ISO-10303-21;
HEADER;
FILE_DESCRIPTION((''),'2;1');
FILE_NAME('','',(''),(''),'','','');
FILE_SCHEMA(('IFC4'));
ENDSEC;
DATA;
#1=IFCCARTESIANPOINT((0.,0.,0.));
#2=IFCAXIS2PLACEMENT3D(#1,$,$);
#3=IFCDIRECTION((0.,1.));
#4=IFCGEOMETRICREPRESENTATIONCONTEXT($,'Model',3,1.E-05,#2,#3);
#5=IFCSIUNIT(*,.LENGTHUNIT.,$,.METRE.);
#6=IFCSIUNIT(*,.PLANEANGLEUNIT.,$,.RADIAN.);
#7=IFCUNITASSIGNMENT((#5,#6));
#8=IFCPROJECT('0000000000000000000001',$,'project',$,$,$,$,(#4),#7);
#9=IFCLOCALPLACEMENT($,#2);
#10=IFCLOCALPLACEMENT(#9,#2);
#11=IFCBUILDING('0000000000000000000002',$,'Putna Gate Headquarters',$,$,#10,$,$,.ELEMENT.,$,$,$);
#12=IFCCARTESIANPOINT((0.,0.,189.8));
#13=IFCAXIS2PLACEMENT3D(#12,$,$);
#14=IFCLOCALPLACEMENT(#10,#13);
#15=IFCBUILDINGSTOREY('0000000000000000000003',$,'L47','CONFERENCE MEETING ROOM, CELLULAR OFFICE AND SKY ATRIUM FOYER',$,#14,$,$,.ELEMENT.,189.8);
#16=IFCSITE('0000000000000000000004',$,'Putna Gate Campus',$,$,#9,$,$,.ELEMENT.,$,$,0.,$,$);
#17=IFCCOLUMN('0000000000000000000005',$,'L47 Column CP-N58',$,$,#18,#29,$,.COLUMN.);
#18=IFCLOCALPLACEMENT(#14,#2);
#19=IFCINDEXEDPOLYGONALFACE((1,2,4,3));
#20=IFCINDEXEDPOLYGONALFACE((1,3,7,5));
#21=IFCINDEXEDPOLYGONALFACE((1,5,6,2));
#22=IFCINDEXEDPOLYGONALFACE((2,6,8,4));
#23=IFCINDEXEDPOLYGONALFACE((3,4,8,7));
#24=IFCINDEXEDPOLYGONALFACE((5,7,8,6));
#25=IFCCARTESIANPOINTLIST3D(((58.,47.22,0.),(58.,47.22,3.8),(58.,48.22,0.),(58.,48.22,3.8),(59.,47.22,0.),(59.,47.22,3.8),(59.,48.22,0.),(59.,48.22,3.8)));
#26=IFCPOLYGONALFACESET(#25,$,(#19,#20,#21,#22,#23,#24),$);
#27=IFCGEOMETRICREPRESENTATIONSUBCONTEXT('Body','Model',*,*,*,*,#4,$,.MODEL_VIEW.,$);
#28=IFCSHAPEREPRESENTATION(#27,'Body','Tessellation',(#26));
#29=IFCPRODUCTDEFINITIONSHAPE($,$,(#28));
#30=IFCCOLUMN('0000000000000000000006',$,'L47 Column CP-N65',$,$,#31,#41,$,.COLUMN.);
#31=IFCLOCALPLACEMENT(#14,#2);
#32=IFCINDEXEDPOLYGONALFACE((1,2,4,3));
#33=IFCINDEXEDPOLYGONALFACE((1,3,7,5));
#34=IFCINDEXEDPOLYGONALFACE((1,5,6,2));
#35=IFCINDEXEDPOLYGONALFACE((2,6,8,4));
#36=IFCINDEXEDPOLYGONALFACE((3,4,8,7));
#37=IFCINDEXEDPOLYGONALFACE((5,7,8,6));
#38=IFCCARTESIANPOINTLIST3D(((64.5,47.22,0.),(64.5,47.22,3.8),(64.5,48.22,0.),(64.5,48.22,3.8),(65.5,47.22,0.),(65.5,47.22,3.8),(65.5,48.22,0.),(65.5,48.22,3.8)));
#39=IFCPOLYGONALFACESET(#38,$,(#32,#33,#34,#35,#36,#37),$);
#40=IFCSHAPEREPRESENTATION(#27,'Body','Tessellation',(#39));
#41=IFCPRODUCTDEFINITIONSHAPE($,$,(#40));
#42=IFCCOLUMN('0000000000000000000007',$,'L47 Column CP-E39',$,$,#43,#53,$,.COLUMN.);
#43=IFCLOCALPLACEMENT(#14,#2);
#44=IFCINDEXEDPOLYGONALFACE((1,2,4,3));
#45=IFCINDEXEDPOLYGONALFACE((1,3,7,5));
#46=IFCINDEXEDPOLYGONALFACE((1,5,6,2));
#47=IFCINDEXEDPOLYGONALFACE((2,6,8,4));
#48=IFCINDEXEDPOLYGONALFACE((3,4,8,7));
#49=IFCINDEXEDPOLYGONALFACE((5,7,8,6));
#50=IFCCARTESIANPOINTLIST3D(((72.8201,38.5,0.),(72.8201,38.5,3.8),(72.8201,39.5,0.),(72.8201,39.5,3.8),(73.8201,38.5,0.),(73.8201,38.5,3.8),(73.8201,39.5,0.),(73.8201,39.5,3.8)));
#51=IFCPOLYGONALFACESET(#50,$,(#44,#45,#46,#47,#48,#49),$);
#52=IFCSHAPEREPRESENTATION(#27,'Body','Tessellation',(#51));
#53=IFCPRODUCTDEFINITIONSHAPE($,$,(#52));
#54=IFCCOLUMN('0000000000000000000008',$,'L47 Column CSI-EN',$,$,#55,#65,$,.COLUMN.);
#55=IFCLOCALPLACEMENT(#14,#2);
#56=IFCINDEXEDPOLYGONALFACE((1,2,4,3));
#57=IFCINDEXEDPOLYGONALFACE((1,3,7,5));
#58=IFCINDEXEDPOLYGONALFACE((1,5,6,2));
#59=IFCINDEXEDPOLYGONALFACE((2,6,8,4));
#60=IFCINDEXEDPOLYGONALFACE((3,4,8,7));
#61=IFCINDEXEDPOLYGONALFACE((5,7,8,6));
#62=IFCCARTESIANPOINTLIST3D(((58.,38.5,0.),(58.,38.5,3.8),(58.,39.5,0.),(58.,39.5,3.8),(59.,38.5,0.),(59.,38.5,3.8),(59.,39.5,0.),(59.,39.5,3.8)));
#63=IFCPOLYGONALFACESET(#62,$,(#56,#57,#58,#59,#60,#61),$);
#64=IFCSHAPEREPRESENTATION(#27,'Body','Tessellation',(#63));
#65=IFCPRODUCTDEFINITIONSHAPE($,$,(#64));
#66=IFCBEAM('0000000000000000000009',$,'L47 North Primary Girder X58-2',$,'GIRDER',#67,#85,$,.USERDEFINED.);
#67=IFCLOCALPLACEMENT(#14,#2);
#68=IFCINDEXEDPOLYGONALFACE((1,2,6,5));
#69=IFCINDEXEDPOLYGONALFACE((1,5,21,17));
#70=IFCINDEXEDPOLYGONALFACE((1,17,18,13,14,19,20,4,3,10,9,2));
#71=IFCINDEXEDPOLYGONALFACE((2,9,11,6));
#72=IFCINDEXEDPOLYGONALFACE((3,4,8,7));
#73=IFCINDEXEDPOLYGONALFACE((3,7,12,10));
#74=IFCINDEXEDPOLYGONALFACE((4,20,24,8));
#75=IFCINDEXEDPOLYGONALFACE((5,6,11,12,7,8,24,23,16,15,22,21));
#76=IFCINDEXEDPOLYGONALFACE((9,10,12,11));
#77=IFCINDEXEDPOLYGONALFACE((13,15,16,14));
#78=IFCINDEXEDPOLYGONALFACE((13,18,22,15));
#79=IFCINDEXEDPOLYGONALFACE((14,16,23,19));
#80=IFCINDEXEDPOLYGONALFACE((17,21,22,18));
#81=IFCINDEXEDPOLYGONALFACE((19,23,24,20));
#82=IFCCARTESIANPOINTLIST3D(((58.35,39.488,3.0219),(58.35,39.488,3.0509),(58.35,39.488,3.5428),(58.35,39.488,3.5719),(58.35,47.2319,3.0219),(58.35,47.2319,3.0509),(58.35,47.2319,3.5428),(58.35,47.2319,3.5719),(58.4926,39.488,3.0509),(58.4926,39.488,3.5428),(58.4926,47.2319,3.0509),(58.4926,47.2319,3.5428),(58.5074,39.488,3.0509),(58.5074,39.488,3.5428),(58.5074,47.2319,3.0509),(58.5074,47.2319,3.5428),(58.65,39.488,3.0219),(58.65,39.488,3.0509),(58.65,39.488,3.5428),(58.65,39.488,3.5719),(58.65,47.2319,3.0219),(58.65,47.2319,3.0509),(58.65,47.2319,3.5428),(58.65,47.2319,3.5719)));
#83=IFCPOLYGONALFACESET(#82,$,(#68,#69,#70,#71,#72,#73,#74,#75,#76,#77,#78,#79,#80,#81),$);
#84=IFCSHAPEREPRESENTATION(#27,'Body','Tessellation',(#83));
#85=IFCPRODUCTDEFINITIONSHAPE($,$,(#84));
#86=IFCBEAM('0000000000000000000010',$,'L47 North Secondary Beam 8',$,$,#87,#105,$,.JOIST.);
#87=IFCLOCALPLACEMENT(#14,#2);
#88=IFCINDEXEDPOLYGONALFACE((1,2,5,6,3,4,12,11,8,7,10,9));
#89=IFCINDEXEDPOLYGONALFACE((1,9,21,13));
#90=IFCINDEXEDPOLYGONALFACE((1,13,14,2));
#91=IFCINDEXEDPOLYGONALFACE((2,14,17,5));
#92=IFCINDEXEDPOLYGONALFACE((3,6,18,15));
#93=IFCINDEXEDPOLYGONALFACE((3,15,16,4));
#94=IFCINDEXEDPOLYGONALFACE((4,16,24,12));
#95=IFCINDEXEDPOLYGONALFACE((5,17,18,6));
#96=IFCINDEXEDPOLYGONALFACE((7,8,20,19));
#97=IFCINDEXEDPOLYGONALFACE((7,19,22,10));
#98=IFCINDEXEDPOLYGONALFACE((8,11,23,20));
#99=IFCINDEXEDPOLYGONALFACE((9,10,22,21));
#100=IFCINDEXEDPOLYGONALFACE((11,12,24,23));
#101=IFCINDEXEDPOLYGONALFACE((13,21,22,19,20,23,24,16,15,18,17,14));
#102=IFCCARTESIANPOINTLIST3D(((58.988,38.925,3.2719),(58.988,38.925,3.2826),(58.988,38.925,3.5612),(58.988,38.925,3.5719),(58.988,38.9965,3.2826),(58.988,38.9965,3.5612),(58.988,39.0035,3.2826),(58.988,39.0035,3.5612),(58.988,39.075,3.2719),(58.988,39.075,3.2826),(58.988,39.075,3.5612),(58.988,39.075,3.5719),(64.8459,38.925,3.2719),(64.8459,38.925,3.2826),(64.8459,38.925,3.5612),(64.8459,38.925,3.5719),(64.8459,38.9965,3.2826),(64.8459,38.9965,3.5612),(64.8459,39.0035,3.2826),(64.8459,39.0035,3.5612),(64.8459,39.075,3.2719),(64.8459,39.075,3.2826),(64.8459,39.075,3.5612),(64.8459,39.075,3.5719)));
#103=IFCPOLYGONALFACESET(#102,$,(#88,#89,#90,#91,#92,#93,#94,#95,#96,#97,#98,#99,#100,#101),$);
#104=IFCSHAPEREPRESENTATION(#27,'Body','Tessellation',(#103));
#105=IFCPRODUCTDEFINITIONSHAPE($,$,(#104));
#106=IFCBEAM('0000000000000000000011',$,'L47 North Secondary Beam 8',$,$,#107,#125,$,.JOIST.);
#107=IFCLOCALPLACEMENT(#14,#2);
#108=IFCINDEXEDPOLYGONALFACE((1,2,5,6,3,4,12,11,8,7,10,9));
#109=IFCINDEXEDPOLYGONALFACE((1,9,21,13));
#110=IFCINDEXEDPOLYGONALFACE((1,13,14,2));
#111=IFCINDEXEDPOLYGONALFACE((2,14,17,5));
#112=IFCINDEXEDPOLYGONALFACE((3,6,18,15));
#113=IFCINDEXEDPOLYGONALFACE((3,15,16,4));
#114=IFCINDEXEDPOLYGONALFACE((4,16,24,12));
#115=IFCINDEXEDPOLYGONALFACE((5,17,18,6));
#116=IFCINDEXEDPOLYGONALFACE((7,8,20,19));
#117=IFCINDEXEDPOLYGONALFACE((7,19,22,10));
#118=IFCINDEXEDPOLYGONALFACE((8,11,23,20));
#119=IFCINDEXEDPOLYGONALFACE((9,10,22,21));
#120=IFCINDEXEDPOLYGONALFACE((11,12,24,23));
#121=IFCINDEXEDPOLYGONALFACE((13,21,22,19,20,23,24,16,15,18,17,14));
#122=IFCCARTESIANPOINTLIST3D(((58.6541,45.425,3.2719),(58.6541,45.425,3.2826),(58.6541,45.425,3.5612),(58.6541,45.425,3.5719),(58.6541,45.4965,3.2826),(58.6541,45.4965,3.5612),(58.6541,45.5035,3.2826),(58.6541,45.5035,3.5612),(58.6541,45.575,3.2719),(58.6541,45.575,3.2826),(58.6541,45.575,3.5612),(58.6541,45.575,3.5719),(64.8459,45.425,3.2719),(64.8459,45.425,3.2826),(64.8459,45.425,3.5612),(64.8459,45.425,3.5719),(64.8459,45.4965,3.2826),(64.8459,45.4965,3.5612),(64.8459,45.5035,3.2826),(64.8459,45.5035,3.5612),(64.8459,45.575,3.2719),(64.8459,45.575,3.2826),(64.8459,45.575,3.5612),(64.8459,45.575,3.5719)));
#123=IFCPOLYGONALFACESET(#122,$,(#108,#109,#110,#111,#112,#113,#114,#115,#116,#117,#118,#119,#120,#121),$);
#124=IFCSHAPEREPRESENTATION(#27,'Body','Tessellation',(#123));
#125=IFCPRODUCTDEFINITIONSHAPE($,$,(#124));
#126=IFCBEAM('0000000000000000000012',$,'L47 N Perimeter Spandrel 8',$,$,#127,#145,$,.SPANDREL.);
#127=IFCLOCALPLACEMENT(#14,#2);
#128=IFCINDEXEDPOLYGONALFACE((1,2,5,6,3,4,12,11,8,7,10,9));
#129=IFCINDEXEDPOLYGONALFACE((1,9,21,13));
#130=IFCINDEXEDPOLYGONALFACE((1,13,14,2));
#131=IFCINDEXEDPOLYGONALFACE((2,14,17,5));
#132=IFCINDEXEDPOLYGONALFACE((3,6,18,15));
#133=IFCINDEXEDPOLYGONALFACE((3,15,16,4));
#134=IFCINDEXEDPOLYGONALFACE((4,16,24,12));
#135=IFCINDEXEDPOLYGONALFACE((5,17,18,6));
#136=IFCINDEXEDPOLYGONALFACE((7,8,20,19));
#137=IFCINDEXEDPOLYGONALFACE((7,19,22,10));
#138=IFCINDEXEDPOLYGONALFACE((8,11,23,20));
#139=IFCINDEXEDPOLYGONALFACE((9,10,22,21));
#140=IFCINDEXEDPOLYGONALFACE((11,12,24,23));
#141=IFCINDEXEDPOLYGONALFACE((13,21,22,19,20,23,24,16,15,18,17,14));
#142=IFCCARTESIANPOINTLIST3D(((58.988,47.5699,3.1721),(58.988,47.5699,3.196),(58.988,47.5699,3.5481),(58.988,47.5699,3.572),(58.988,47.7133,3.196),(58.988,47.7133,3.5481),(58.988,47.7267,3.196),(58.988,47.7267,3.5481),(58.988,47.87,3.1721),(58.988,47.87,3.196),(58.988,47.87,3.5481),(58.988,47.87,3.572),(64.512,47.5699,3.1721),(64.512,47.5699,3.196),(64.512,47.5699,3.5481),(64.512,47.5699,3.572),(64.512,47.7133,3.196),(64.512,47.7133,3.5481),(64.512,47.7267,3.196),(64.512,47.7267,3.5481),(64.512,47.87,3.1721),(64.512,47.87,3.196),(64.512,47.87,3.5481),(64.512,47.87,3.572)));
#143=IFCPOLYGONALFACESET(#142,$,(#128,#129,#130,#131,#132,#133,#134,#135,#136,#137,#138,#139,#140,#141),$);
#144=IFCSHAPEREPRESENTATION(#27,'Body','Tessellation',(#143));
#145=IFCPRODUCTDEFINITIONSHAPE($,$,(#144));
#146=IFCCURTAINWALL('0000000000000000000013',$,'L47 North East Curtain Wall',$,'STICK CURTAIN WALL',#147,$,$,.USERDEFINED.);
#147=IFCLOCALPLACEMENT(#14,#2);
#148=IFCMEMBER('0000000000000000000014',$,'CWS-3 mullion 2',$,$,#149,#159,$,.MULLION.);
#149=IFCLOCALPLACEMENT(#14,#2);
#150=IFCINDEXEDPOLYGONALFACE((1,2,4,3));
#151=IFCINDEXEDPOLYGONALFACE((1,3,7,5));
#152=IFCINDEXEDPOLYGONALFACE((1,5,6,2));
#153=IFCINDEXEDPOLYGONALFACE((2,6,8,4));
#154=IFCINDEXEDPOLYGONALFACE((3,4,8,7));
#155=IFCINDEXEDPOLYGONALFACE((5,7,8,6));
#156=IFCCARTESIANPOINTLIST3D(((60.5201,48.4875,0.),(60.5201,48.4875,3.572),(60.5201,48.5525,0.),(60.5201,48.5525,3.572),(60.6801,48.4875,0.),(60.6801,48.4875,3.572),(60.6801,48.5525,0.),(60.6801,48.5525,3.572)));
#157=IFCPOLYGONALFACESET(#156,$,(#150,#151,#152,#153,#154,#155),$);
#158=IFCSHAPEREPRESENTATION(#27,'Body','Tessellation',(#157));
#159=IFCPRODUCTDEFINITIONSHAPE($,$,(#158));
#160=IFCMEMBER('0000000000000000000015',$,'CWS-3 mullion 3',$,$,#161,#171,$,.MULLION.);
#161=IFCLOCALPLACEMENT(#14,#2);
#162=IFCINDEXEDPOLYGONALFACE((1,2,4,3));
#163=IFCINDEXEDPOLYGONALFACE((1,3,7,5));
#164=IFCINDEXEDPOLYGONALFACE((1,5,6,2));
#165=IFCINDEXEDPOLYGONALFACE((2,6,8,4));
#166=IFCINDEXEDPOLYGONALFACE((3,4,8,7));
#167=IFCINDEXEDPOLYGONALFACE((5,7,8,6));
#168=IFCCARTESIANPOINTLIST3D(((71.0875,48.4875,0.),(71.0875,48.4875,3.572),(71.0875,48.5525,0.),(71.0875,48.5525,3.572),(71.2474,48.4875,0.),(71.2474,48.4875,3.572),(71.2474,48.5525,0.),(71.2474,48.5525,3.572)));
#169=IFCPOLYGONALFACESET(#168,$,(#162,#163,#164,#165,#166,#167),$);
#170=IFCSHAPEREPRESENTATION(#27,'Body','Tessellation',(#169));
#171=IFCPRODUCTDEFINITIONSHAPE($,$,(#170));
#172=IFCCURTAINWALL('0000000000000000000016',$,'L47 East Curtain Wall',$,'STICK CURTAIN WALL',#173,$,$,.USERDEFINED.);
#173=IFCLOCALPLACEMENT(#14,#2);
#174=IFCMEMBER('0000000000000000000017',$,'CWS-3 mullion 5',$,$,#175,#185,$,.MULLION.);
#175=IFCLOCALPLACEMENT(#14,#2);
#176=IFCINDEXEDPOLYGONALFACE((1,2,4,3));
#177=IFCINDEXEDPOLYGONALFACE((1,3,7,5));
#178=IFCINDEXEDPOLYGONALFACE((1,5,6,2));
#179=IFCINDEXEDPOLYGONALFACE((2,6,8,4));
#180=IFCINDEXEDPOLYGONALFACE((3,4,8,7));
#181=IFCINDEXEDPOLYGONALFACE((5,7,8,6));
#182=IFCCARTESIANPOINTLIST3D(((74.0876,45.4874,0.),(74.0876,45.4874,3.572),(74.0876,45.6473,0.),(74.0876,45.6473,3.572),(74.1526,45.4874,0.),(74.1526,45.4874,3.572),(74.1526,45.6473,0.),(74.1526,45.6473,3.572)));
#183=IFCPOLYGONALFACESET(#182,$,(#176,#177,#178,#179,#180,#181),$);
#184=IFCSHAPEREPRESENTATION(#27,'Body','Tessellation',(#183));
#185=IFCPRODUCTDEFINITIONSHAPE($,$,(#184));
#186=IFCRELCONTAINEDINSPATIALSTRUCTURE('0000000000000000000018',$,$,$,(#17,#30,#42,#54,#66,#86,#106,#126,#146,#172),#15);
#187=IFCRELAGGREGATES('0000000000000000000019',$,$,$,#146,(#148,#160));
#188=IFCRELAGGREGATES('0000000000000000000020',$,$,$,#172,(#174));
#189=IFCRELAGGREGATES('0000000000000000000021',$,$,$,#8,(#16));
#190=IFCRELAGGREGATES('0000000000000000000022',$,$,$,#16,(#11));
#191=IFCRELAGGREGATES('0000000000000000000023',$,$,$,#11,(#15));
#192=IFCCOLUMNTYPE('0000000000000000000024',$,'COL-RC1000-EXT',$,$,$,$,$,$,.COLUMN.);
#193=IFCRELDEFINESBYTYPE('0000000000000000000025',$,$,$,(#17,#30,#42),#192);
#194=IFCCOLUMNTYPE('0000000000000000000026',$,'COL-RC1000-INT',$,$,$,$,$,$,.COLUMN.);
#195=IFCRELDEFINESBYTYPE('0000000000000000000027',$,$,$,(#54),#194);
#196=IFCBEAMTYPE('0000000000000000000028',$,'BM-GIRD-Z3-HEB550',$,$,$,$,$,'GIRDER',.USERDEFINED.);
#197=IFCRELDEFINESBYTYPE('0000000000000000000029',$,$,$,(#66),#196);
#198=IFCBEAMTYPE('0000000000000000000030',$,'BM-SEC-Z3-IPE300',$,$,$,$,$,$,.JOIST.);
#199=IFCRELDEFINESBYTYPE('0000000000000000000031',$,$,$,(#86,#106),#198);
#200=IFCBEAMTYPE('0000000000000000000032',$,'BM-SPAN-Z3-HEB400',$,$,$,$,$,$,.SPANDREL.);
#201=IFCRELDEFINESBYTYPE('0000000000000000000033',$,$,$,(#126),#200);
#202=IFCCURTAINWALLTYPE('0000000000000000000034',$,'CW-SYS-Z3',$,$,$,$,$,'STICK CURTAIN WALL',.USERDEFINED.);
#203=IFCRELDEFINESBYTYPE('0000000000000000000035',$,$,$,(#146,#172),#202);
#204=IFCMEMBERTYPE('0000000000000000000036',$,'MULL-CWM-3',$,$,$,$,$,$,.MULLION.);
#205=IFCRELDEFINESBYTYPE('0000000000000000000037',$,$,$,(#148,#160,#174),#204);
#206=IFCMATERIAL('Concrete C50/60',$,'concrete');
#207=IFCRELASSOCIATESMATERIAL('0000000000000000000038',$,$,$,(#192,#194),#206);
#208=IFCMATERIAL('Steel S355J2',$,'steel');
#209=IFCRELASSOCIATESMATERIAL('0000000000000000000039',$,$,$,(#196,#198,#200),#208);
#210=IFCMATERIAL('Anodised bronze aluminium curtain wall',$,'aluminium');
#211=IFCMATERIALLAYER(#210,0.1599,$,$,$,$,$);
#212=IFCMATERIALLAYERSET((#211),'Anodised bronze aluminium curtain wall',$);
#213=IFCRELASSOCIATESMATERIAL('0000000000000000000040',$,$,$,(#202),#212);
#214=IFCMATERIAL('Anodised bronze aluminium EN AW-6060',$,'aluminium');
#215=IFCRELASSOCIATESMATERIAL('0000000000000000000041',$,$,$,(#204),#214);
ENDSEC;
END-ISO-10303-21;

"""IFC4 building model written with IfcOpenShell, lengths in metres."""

from ifc_helpers import new_model, si_unit, direction, frame, origin, origin_2d, place, context, subcontext, project, spatial, rectangle, i_section, extrude, material, layer, layer_set, material_profile, profile_set, type_object, element, aggregate, save


model = new_model("IFC4")

# Units and contexts
model_context = context("Model", 3, precision=1e-05, world=origin(), true_north=direction((0.0, 1.0)))
body_context = subcontext(model_context, "Body", "Model", "MODEL_VIEW")
ifc_project = project(units=[si_unit("LENGTHUNIT", "METRE"), si_unit("PLANEANGLEUNIT", "RADIAN")], contexts=[model_context])

# Site, building, storey
site_placement = place(None, origin())
site = spatial("IfcSite", under=ifc_project, at=site_placement, Name="Putna Gate Campus", CompositionType="ELEMENT", RefElevation=0.0)
building_placement = place(site_placement, origin())
building = spatial("IfcBuilding", under=site, at=building_placement, Name="Putna Gate Headquarters", CompositionType="ELEMENT")
storey_placement = place(building_placement, frame((0.0, 0.0, 189.8)))
storey = spatial("IfcBuildingStorey", under=building, at=storey_placement, Name="L47", Description="CONFERENCE MEETING ROOM, CELLULAR OFFICE AND SKY ATRIUM FOYER", CompositionType="ELEMENT", Elevation=189.8)

# Columns
ifc_material_1 = material(Name="Concrete C50/60", Category="concrete")
ifc_material_profile_1 = material_profile(ifc_material_1, rectangle(XDim=1.0, YDim=1.0, at=origin_2d()), Name="Concrete C50/60")
ifc_profile_set_1 = profile_set([ifc_material_profile_1], Name="Concrete C50/60")
column_type_1 = type_object("IfcColumnType", Name="COL-RC1000-EXT", PredefinedType="COLUMN", material=ifc_profile_set_1)
for number, where, z_axis, x_axis, name in (
    (1, (58.5, 47.72, 0.0), (0.0, 0.0, 1.0), (1.0, 0.0, 0.0), "L47 Column CP-N58"),
    (2, (65.0, 47.72, 0.0), (0.0, 0.0, 1.0), (1.0, 0.0, 0.0), "L47 Column CP-N65"),
    (3, (73.3201, 39.0, 0.0), (0.0, 0.0, 1.0), (1.0, 0.0, 0.0), "L47 Column CP-E39"),
):
    element("IfcColumn", number, at=place(storey_placement, frame(where, z_axis=z_axis, x_axis=x_axis)), inside=storey, type_object=column_type_1, Name=name, PredefinedType="COLUMN", context=body_context, shape_type="SweptSolid", body=[
        extrude(rectangle(XDim=1.0, YDim=1.0, at=origin_2d()), origin(), (0.0, 0.0, 1.0), 3.8),
    ])
ifc_material_profile_2 = material_profile(ifc_material_1, rectangle(XDim=1.0, YDim=1.0, at=origin_2d()), Name="Concrete C50/60")
ifc_profile_set_2 = profile_set([ifc_material_profile_2], Name="Concrete C50/60")
column_type_2 = type_object("IfcColumnType", Name="COL-RC1000-INT", PredefinedType="COLUMN", material=ifc_profile_set_2)
column_placement = place(storey_placement, frame((58.5, 39.0, 0.0), z_axis=(0.0, 0.0, 1.0), x_axis=(1.0, 0.0, 0.0)))
element("IfcColumn", 4, at=column_placement, inside=storey, type_object=column_type_2, Name="L47 Column CSI-EN", PredefinedType="COLUMN", context=body_context, shape_type="SweptSolid", body=[
    extrude(rectangle(XDim=1.0, YDim=1.0, at=origin_2d()), origin(), (0.0, 0.0, 1.0), 3.8),
])

# Beams
ifc_material_2 = material(Name="Steel S355J2", Category="steel")
ifc_material_profile_3 = material_profile(ifc_material_2, i_section(OverallWidth=0.3, OverallDepth=0.55, WebThickness=0.0149, FlangeThickness=0.0291, at=origin_2d()), Name="Steel S355J2")
ifc_profile_set_3 = profile_set([ifc_material_profile_3], Name="Steel S355J2")
beam_type_1 = type_object("IfcBeamType", Name="BM-GIRD-Z3-HEB550", ElementType="GIRDER", PredefinedType="USERDEFINED", material=ifc_profile_set_3)
beam_1_placement = place(storey_placement, frame((58.5, 39.488, 3.2969), z_axis=(0.0, 1.0, 0.0), x_axis=(-1.0, 0.0, 0.0)))
element("IfcBeam", 5, at=beam_1_placement, inside=storey, type_object=beam_type_1, Name="L47 North Primary Girder X58-2", ObjectType="GIRDER", PredefinedType="USERDEFINED", context=body_context, shape_type="SweptSolid", body=[
    extrude(i_section(OverallWidth=0.3, OverallDepth=0.55, WebThickness=0.0149, FlangeThickness=0.0291, at=origin_2d()), origin(), (0.0, 0.0, 1.0), 7.7439),
])
ifc_material_profile_4 = material_profile(ifc_material_2, i_section(OverallWidth=0.1499, OverallDepth=0.3, WebThickness=0.0071, FlangeThickness=0.0107, at=origin_2d()), Name="Steel S355J2")
ifc_profile_set_4 = profile_set([ifc_material_profile_4], Name="Steel S355J2")
beam_type_2 = type_object("IfcBeamType", Name="BM-SEC-Z3-IPE300", PredefinedType="JOIST", material=ifc_profile_set_4)
beam_2_placement = place(storey_placement, frame((58.988, 39.0, 3.4219), z_axis=(1.0, 0.0, 0.0), x_axis=(0.0, 1.0, 0.0)))
element("IfcBeam", 6, at=beam_2_placement, inside=storey, type_object=beam_type_2, Name="L47 North Secondary Beam 8", PredefinedType="JOIST", context=body_context, shape_type="SweptSolid", body=[
    extrude(i_section(OverallWidth=0.1499, OverallDepth=0.3, WebThickness=0.0071, FlangeThickness=0.0107, at=origin_2d()), origin(), (0.0, 0.0, 1.0), 5.8579),
])
beam_3_placement = place(storey_placement, frame((58.6541, 45.5, 3.4219), z_axis=(1.0, 0.0, 0.0), x_axis=(0.0, 1.0, 0.0)))
element("IfcBeam", 7, at=beam_3_placement, inside=storey, type_object=beam_type_2, Name="L47 North Secondary Beam 8", PredefinedType="JOIST", context=body_context, shape_type="SweptSolid", body=[
    extrude(i_section(OverallWidth=0.1499, OverallDepth=0.3, WebThickness=0.0071, FlangeThickness=0.0107, at=origin_2d()), origin(), (0.0, 0.0, 1.0), 6.1919),
])
ifc_material_profile_5 = material_profile(ifc_material_2, i_section(OverallWidth=0.3, OverallDepth=0.3999, WebThickness=0.0134, FlangeThickness=0.0239, at=origin_2d()), Name="Steel S355J2")
ifc_profile_set_5 = profile_set([ifc_material_profile_5], Name="Steel S355J2")
beam_type_3 = type_object("IfcBeamType", Name="BM-SPAN-Z3-HEB400", PredefinedType="SPANDREL", material=ifc_profile_set_5)
beam_4_placement = place(storey_placement, frame((58.988, 47.72, 3.3721), z_axis=(1.0, 0.0, 0.0), x_axis=(0.0, 1.0, 0.0)))
element("IfcBeam", 8, at=beam_4_placement, inside=storey, type_object=beam_type_3, Name="L47 N Perimeter Spandrel 8", PredefinedType="SPANDREL", context=body_context, shape_type="SweptSolid", body=[
    extrude(i_section(OverallWidth=0.3, OverallDepth=0.3999, WebThickness=0.0134, FlangeThickness=0.0239, at=origin_2d()), origin(), (0.0, 0.0, 1.0), 5.5239),
])

# Curtain wall, members
ifc_material_3 = material(Name="Anodised bronze aluminium curtain wall", Category="aluminium")
ifc_layer_1 = layer(ifc_material_3, 0.1599)
ifc_layer_set_1 = layer_set([ifc_layer_1], Name="Anodised bronze aluminium curtain wall")
curtain_wall_type = type_object("IfcCurtainWallType", Name="CW-SYS-Z3", ElementType="STICK CURTAIN WALL", PredefinedType="USERDEFINED", material=ifc_layer_set_1)
curtain_wall_1_placement = place(storey_placement, origin())
curtain_wall_1 = element("IfcCurtainWall", 9, at=curtain_wall_1_placement, inside=storey, type_object=curtain_wall_type, Name="L47 North East Curtain Wall", ObjectType="STICK CURTAIN WALL", PredefinedType="USERDEFINED")
ifc_material_4 = material(Name="Anodised bronze aluminium EN AW-6060", Category="aluminium")
ifc_material_profile_6 = material_profile(ifc_material_4, rectangle(XDim=0.0649, YDim=0.1599, at=origin_2d()), Name="Anodised bronze aluminium EN AW-6060")
ifc_profile_set_6 = profile_set([ifc_material_profile_6], Name="Anodised bronze aluminium EN AW-6060")
member_type_1 = type_object("IfcMemberType", Name="MULL-CWM-3", PredefinedType="MULLION", material=ifc_profile_set_6)
member_1_placement = place(storey_placement, frame((60.6001, 48.52, 0.0), z_axis=(0.0, 0.0, 1.0), x_axis=(0.0, 1.0, 0.0)))
member_1 = element("IfcMember", 10, at=member_1_placement, type_object=member_type_1, Name="CWS-3 mullion 2", PredefinedType="MULLION", context=body_context, shape_type="SweptSolid", body=[
    extrude(rectangle(XDim=0.0649, YDim=0.1599, at=origin_2d()), origin(), (0.0, 0.0, 1.0), 3.572),
])
member_2_placement = place(storey_placement, frame((71.1675, 48.52, 0.0), z_axis=(0.0, 0.0, 1.0), x_axis=(0.0, 1.0, 0.0)))
member_2 = element("IfcMember", 11, at=member_2_placement, type_object=member_type_1, Name="CWS-3 mullion 3", PredefinedType="MULLION", context=body_context, shape_type="SweptSolid", body=[
    extrude(rectangle(XDim=0.0649, YDim=0.1599, at=origin_2d()), origin(), (0.0, 0.0, 1.0), 3.572),
])

# Curtain wall, member
curtain_wall_2_placement = place(storey_placement, origin())
curtain_wall_2 = element("IfcCurtainWall", 12, at=curtain_wall_2_placement, inside=storey, type_object=curtain_wall_type, Name="L47 East Curtain Wall", ObjectType="STICK CURTAIN WALL", PredefinedType="USERDEFINED")
member_3_placement = place(storey_placement, frame((74.1201, 45.5674, 0.0), z_axis=(0.0, 0.0, 1.0), x_axis=(-1.0, 0.0, 0.0)))
member_3 = element("IfcMember", 13, at=member_3_placement, type_object=member_type_1, Name="CWS-3 mullion 5", PredefinedType="MULLION", context=body_context, shape_type="SweptSolid", body=[
    extrude(rectangle(XDim=0.0649, YDim=0.1599, at=origin_2d()), origin(), (0.0, 0.0, 1.0), 3.572),
])

aggregate(curtain_wall_1, [member_1, member_2])
aggregate(curtain_wall_2, [member_3])

save(model, "model.ifc")
